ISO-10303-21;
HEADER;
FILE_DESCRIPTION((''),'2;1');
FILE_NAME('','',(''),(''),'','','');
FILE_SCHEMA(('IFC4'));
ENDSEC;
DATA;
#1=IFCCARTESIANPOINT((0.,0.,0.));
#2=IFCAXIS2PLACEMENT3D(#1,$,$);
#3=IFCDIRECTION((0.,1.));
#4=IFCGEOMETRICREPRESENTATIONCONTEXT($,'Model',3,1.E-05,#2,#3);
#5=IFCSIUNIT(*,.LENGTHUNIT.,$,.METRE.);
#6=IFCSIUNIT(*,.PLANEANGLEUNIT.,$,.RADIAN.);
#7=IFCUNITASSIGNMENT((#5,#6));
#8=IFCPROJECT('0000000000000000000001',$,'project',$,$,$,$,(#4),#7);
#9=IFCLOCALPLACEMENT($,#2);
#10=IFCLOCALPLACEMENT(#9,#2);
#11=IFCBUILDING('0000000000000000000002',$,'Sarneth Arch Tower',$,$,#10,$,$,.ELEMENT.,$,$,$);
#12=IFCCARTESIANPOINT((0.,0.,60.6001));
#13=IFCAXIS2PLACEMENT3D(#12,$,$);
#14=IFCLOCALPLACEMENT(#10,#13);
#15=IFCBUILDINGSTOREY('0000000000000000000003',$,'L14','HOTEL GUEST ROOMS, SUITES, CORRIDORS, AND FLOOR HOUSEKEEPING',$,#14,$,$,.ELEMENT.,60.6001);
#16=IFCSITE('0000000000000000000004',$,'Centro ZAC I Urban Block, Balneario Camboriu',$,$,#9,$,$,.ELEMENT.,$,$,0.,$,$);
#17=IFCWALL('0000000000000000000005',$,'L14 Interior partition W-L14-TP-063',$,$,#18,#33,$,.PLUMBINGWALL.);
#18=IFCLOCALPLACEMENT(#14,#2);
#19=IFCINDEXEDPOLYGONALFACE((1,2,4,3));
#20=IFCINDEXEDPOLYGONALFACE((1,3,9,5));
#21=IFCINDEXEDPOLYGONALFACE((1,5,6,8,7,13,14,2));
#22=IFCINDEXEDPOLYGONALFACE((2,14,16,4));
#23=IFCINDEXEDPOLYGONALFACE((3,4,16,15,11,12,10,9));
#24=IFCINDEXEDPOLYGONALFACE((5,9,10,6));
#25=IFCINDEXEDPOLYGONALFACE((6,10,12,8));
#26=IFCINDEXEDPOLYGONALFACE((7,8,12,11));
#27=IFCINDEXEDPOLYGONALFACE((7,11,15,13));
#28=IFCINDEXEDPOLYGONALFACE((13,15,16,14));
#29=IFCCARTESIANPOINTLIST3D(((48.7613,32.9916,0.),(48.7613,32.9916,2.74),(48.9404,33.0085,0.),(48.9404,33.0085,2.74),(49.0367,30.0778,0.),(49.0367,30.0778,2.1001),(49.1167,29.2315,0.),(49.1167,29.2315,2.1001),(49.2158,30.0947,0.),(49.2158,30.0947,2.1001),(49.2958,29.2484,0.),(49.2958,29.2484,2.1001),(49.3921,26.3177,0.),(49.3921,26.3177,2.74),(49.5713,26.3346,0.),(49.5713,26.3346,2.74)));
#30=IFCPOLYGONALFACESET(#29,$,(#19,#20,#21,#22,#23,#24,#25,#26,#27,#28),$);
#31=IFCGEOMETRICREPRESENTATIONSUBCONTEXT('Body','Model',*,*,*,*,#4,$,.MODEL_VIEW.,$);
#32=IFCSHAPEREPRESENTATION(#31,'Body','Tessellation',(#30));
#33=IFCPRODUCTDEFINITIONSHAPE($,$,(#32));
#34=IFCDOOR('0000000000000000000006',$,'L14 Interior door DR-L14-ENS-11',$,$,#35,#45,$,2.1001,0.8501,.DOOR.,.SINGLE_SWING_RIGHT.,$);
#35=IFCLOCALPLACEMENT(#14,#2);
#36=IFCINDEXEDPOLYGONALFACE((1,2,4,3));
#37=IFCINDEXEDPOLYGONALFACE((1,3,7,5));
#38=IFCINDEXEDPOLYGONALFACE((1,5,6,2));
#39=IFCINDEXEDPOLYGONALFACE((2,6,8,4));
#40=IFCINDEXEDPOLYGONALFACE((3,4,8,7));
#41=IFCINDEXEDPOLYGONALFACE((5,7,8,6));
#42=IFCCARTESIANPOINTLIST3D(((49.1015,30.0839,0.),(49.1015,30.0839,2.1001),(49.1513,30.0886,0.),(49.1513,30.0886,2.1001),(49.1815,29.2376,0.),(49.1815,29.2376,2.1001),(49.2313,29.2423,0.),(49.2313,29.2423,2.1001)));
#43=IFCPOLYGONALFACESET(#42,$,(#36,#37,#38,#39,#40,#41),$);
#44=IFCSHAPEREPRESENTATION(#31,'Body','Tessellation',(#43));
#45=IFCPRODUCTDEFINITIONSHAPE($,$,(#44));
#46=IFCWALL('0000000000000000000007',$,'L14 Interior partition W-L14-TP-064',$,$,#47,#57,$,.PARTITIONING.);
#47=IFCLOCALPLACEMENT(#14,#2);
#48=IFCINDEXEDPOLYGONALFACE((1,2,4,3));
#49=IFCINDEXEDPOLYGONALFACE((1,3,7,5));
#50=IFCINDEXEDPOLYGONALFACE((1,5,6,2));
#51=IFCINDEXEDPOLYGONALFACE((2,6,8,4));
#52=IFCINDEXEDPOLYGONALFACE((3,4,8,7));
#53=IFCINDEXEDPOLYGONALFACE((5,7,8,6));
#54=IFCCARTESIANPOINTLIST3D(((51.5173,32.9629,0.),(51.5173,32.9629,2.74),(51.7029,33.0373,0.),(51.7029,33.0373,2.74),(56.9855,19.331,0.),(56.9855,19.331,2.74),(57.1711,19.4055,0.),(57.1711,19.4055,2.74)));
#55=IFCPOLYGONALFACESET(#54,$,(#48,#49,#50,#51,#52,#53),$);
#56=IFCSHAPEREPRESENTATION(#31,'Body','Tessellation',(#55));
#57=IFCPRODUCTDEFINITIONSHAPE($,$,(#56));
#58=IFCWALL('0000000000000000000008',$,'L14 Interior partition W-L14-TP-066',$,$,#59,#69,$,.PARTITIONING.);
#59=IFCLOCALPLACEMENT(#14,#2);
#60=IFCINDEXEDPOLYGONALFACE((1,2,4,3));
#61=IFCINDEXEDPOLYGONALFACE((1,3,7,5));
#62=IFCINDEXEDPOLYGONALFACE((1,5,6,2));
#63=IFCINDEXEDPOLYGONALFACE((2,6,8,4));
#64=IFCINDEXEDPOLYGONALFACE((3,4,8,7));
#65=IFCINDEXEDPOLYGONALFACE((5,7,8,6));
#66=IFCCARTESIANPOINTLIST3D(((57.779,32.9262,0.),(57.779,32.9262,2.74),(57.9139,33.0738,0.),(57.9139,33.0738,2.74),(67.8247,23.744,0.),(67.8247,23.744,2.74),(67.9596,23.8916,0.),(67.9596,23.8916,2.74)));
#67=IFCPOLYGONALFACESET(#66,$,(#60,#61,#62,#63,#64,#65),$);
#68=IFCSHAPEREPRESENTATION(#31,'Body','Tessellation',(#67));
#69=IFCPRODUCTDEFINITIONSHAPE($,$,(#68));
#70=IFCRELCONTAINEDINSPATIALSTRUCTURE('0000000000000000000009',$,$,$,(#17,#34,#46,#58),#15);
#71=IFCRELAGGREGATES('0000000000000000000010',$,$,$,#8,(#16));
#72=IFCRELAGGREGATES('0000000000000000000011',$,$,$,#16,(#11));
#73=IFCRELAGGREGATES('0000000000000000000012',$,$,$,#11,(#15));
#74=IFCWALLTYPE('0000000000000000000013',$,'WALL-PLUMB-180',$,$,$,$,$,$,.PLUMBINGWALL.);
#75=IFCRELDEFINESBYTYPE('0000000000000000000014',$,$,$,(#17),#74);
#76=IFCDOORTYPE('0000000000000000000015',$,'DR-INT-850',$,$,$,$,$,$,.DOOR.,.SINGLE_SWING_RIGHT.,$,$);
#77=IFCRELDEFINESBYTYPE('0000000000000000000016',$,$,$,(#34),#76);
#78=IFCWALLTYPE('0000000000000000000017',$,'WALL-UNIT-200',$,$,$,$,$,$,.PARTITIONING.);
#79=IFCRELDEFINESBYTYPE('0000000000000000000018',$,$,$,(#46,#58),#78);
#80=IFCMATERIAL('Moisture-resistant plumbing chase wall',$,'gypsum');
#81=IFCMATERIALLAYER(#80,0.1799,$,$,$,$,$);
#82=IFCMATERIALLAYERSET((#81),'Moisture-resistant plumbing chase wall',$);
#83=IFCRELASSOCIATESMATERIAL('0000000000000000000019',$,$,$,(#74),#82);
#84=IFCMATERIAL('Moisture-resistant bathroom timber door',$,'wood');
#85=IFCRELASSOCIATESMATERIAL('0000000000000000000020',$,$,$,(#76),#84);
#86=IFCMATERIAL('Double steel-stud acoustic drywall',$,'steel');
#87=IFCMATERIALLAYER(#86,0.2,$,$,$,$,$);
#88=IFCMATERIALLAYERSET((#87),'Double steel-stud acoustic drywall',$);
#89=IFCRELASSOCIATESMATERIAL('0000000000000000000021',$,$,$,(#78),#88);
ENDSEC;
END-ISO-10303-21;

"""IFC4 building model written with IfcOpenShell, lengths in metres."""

from ifc_helpers import new_model, si_unit, direction, frame, frame_2d, origin, place, context, subcontext, project, spatial, rectangle, extrude, material, layer, layer_set, type_object, element, fill, save


model = new_model("IFC4")

# Units and contexts
model_context = context("Model", 3, precision=1e-05, world=origin(), true_north=direction((0.0, 1.0)))
body_context = subcontext(model_context, "Body", "Model", "MODEL_VIEW")
ifc_project = project(units=[si_unit("LENGTHUNIT", "METRE"), si_unit("PLANEANGLEUNIT", "RADIAN")], contexts=[model_context])

# Site, building, storey
site_placement = place(None, origin())
site = spatial("IfcSite", under=ifc_project, at=site_placement, Name="Centro ZAC I Urban Block, Balneario Camboriu", CompositionType="ELEMENT", RefElevation=0.0)
building_placement = place(site_placement, origin())
building = spatial("IfcBuilding", under=site, at=building_placement, Name="Sarneth Arch Tower", CompositionType="ELEMENT")
storey_placement = place(building_placement, frame((0.0, 0.0, 60.6001)))
storey = spatial("IfcBuildingStorey", under=building, at=storey_placement, Name="L14", Description="HOTEL GUEST ROOMS, SUITES, CORRIDORS, AND FLOOR HOUSEKEEPING", CompositionType="ELEMENT", Elevation=60.6001)

# Wall, opening, door
ifc_material_1 = material(Name="Moisture-resistant plumbing chase wall", Category="gypsum")
ifc_layer_1 = layer(ifc_material_1, 0.1799)
ifc_layer_set_1 = layer_set([ifc_layer_1], Name="Moisture-resistant plumbing chase wall")
wall_type_1 = type_object("IfcWallType", Name="WALL-PLUMB-180", PredefinedType="PLUMBINGWALL", material=ifc_layer_set_1)
wall_1_placement = place(storey_placement, frame((49.4817, 26.3262, 0.0), z_axis=(0.0, 0.0, 1.0), x_axis=(-0.094108, 0.995562, 0.0)))
wall_1 = element("IfcWall", 1, at=wall_1_placement, inside=storey, type_object=wall_type_1, Name="L14 Interior partition W-L14-TP-063", PredefinedType="PLUMBINGWALL", context=body_context, shape_type="SweptSolid", body=[
    extrude(rectangle(XDim=6.7036, YDim=0.1799, at=frame_2d((3.3518, 0.0))), origin(), (0.0, 0.0, 1.0), 2.74),
])
opening_1_placement = place(wall_1_placement, frame((2.9268, 0.0, 0.0)))
opening_1 = element("IfcOpeningElement", 2, at=opening_1_placement, cuts=wall_1, PredefinedType="OPENING", context=body_context, shape_type="SweptSolid", body=[
    extrude(rectangle(XDim=0.8501, YDim=2.1001, at=frame_2d((0.425, 1.05))), frame((0.0, 0.0999, 0.0), z_axis=(0.0, -1.0, 0.0), x_axis=(1.0, 0.0, 0.0)), (0.0, 0.0, 1.0), 0.2),
])
ifc_material_2 = material(Name="Moisture-resistant bathroom timber door", Category="wood")
door_type_1 = type_object("IfcDoorType", Name="DR-INT-850", OperationType="SINGLE_SWING_RIGHT", PredefinedType="DOOR", material=ifc_material_2)
door_1_placement = place(opening_1_placement, origin())
door_1 = element("IfcDoor", 3, at=door_1_placement, inside=storey, type_object=door_type_1, Name="L14 Interior door DR-L14-ENS-11", OperationType="SINGLE_SWING_RIGHT", OverallHeight=2.1001, OverallWidth=0.8501, PredefinedType="DOOR", context=body_context, shape_type="SweptSolid", body=[
    extrude(rectangle(XDim=0.8501, YDim=2.1001, at=frame_2d((0.425, 1.05))), frame((0.0, 0.0249, 0.0), z_axis=(0.0, -1.0, 0.0), x_axis=(1.0, 0.0, 0.0)), (0.0, 0.0, 1.0), 0.05),
])
fill(opening_1, door_1)

# Walls
ifc_material_3 = material(Name="Double steel-stud acoustic drywall", Category="steel")
ifc_layer_2 = layer(ifc_material_3, 0.2)
ifc_layer_set_2 = layer_set([ifc_layer_2], Name="Double steel-stud acoustic drywall")
wall_type_2 = type_object("IfcWallType", Name="WALL-UNIT-200", PredefinedType="PARTITIONING", material=ifc_layer_set_2)
wall_2_placement = place(storey_placement, frame((51.6101, 33.0, 0.0), z_axis=(0.0, 0.0, 1.0), x_axis=(0.372302, -0.928112, 0.0)))
element("IfcWall", 4, at=wall_2_placement, inside=storey, type_object=wall_type_2, Name="L14 Interior partition W-L14-TP-064", PredefinedType="PARTITIONING", context=body_context, shape_type="SweptSolid", body=[
    extrude(rectangle(XDim=14.6877, YDim=0.2, at=frame_2d((7.3438, 0.0))), origin(), (0.0, 0.0, 1.0), 2.74),
])
wall_3_placement = place(storey_placement, frame((57.8464, 33.0, 0.0), z_axis=(0.0, 0.0, 1.0), x_axis=(0.738119, -0.67467, 0.0)))
element("IfcWall", 5, at=wall_3_placement, inside=storey, type_object=wall_type_2, Name="L14 Interior partition W-L14-TP-066", PredefinedType="PARTITIONING", context=body_context, shape_type="SweptSolid", body=[
    extrude(rectangle(XDim=13.6099, YDim=0.2, at=frame_2d((6.8049, 0.0))), origin(), (0.0, 0.0, 1.0), 2.74),
])

save(model, "model.ifc")
